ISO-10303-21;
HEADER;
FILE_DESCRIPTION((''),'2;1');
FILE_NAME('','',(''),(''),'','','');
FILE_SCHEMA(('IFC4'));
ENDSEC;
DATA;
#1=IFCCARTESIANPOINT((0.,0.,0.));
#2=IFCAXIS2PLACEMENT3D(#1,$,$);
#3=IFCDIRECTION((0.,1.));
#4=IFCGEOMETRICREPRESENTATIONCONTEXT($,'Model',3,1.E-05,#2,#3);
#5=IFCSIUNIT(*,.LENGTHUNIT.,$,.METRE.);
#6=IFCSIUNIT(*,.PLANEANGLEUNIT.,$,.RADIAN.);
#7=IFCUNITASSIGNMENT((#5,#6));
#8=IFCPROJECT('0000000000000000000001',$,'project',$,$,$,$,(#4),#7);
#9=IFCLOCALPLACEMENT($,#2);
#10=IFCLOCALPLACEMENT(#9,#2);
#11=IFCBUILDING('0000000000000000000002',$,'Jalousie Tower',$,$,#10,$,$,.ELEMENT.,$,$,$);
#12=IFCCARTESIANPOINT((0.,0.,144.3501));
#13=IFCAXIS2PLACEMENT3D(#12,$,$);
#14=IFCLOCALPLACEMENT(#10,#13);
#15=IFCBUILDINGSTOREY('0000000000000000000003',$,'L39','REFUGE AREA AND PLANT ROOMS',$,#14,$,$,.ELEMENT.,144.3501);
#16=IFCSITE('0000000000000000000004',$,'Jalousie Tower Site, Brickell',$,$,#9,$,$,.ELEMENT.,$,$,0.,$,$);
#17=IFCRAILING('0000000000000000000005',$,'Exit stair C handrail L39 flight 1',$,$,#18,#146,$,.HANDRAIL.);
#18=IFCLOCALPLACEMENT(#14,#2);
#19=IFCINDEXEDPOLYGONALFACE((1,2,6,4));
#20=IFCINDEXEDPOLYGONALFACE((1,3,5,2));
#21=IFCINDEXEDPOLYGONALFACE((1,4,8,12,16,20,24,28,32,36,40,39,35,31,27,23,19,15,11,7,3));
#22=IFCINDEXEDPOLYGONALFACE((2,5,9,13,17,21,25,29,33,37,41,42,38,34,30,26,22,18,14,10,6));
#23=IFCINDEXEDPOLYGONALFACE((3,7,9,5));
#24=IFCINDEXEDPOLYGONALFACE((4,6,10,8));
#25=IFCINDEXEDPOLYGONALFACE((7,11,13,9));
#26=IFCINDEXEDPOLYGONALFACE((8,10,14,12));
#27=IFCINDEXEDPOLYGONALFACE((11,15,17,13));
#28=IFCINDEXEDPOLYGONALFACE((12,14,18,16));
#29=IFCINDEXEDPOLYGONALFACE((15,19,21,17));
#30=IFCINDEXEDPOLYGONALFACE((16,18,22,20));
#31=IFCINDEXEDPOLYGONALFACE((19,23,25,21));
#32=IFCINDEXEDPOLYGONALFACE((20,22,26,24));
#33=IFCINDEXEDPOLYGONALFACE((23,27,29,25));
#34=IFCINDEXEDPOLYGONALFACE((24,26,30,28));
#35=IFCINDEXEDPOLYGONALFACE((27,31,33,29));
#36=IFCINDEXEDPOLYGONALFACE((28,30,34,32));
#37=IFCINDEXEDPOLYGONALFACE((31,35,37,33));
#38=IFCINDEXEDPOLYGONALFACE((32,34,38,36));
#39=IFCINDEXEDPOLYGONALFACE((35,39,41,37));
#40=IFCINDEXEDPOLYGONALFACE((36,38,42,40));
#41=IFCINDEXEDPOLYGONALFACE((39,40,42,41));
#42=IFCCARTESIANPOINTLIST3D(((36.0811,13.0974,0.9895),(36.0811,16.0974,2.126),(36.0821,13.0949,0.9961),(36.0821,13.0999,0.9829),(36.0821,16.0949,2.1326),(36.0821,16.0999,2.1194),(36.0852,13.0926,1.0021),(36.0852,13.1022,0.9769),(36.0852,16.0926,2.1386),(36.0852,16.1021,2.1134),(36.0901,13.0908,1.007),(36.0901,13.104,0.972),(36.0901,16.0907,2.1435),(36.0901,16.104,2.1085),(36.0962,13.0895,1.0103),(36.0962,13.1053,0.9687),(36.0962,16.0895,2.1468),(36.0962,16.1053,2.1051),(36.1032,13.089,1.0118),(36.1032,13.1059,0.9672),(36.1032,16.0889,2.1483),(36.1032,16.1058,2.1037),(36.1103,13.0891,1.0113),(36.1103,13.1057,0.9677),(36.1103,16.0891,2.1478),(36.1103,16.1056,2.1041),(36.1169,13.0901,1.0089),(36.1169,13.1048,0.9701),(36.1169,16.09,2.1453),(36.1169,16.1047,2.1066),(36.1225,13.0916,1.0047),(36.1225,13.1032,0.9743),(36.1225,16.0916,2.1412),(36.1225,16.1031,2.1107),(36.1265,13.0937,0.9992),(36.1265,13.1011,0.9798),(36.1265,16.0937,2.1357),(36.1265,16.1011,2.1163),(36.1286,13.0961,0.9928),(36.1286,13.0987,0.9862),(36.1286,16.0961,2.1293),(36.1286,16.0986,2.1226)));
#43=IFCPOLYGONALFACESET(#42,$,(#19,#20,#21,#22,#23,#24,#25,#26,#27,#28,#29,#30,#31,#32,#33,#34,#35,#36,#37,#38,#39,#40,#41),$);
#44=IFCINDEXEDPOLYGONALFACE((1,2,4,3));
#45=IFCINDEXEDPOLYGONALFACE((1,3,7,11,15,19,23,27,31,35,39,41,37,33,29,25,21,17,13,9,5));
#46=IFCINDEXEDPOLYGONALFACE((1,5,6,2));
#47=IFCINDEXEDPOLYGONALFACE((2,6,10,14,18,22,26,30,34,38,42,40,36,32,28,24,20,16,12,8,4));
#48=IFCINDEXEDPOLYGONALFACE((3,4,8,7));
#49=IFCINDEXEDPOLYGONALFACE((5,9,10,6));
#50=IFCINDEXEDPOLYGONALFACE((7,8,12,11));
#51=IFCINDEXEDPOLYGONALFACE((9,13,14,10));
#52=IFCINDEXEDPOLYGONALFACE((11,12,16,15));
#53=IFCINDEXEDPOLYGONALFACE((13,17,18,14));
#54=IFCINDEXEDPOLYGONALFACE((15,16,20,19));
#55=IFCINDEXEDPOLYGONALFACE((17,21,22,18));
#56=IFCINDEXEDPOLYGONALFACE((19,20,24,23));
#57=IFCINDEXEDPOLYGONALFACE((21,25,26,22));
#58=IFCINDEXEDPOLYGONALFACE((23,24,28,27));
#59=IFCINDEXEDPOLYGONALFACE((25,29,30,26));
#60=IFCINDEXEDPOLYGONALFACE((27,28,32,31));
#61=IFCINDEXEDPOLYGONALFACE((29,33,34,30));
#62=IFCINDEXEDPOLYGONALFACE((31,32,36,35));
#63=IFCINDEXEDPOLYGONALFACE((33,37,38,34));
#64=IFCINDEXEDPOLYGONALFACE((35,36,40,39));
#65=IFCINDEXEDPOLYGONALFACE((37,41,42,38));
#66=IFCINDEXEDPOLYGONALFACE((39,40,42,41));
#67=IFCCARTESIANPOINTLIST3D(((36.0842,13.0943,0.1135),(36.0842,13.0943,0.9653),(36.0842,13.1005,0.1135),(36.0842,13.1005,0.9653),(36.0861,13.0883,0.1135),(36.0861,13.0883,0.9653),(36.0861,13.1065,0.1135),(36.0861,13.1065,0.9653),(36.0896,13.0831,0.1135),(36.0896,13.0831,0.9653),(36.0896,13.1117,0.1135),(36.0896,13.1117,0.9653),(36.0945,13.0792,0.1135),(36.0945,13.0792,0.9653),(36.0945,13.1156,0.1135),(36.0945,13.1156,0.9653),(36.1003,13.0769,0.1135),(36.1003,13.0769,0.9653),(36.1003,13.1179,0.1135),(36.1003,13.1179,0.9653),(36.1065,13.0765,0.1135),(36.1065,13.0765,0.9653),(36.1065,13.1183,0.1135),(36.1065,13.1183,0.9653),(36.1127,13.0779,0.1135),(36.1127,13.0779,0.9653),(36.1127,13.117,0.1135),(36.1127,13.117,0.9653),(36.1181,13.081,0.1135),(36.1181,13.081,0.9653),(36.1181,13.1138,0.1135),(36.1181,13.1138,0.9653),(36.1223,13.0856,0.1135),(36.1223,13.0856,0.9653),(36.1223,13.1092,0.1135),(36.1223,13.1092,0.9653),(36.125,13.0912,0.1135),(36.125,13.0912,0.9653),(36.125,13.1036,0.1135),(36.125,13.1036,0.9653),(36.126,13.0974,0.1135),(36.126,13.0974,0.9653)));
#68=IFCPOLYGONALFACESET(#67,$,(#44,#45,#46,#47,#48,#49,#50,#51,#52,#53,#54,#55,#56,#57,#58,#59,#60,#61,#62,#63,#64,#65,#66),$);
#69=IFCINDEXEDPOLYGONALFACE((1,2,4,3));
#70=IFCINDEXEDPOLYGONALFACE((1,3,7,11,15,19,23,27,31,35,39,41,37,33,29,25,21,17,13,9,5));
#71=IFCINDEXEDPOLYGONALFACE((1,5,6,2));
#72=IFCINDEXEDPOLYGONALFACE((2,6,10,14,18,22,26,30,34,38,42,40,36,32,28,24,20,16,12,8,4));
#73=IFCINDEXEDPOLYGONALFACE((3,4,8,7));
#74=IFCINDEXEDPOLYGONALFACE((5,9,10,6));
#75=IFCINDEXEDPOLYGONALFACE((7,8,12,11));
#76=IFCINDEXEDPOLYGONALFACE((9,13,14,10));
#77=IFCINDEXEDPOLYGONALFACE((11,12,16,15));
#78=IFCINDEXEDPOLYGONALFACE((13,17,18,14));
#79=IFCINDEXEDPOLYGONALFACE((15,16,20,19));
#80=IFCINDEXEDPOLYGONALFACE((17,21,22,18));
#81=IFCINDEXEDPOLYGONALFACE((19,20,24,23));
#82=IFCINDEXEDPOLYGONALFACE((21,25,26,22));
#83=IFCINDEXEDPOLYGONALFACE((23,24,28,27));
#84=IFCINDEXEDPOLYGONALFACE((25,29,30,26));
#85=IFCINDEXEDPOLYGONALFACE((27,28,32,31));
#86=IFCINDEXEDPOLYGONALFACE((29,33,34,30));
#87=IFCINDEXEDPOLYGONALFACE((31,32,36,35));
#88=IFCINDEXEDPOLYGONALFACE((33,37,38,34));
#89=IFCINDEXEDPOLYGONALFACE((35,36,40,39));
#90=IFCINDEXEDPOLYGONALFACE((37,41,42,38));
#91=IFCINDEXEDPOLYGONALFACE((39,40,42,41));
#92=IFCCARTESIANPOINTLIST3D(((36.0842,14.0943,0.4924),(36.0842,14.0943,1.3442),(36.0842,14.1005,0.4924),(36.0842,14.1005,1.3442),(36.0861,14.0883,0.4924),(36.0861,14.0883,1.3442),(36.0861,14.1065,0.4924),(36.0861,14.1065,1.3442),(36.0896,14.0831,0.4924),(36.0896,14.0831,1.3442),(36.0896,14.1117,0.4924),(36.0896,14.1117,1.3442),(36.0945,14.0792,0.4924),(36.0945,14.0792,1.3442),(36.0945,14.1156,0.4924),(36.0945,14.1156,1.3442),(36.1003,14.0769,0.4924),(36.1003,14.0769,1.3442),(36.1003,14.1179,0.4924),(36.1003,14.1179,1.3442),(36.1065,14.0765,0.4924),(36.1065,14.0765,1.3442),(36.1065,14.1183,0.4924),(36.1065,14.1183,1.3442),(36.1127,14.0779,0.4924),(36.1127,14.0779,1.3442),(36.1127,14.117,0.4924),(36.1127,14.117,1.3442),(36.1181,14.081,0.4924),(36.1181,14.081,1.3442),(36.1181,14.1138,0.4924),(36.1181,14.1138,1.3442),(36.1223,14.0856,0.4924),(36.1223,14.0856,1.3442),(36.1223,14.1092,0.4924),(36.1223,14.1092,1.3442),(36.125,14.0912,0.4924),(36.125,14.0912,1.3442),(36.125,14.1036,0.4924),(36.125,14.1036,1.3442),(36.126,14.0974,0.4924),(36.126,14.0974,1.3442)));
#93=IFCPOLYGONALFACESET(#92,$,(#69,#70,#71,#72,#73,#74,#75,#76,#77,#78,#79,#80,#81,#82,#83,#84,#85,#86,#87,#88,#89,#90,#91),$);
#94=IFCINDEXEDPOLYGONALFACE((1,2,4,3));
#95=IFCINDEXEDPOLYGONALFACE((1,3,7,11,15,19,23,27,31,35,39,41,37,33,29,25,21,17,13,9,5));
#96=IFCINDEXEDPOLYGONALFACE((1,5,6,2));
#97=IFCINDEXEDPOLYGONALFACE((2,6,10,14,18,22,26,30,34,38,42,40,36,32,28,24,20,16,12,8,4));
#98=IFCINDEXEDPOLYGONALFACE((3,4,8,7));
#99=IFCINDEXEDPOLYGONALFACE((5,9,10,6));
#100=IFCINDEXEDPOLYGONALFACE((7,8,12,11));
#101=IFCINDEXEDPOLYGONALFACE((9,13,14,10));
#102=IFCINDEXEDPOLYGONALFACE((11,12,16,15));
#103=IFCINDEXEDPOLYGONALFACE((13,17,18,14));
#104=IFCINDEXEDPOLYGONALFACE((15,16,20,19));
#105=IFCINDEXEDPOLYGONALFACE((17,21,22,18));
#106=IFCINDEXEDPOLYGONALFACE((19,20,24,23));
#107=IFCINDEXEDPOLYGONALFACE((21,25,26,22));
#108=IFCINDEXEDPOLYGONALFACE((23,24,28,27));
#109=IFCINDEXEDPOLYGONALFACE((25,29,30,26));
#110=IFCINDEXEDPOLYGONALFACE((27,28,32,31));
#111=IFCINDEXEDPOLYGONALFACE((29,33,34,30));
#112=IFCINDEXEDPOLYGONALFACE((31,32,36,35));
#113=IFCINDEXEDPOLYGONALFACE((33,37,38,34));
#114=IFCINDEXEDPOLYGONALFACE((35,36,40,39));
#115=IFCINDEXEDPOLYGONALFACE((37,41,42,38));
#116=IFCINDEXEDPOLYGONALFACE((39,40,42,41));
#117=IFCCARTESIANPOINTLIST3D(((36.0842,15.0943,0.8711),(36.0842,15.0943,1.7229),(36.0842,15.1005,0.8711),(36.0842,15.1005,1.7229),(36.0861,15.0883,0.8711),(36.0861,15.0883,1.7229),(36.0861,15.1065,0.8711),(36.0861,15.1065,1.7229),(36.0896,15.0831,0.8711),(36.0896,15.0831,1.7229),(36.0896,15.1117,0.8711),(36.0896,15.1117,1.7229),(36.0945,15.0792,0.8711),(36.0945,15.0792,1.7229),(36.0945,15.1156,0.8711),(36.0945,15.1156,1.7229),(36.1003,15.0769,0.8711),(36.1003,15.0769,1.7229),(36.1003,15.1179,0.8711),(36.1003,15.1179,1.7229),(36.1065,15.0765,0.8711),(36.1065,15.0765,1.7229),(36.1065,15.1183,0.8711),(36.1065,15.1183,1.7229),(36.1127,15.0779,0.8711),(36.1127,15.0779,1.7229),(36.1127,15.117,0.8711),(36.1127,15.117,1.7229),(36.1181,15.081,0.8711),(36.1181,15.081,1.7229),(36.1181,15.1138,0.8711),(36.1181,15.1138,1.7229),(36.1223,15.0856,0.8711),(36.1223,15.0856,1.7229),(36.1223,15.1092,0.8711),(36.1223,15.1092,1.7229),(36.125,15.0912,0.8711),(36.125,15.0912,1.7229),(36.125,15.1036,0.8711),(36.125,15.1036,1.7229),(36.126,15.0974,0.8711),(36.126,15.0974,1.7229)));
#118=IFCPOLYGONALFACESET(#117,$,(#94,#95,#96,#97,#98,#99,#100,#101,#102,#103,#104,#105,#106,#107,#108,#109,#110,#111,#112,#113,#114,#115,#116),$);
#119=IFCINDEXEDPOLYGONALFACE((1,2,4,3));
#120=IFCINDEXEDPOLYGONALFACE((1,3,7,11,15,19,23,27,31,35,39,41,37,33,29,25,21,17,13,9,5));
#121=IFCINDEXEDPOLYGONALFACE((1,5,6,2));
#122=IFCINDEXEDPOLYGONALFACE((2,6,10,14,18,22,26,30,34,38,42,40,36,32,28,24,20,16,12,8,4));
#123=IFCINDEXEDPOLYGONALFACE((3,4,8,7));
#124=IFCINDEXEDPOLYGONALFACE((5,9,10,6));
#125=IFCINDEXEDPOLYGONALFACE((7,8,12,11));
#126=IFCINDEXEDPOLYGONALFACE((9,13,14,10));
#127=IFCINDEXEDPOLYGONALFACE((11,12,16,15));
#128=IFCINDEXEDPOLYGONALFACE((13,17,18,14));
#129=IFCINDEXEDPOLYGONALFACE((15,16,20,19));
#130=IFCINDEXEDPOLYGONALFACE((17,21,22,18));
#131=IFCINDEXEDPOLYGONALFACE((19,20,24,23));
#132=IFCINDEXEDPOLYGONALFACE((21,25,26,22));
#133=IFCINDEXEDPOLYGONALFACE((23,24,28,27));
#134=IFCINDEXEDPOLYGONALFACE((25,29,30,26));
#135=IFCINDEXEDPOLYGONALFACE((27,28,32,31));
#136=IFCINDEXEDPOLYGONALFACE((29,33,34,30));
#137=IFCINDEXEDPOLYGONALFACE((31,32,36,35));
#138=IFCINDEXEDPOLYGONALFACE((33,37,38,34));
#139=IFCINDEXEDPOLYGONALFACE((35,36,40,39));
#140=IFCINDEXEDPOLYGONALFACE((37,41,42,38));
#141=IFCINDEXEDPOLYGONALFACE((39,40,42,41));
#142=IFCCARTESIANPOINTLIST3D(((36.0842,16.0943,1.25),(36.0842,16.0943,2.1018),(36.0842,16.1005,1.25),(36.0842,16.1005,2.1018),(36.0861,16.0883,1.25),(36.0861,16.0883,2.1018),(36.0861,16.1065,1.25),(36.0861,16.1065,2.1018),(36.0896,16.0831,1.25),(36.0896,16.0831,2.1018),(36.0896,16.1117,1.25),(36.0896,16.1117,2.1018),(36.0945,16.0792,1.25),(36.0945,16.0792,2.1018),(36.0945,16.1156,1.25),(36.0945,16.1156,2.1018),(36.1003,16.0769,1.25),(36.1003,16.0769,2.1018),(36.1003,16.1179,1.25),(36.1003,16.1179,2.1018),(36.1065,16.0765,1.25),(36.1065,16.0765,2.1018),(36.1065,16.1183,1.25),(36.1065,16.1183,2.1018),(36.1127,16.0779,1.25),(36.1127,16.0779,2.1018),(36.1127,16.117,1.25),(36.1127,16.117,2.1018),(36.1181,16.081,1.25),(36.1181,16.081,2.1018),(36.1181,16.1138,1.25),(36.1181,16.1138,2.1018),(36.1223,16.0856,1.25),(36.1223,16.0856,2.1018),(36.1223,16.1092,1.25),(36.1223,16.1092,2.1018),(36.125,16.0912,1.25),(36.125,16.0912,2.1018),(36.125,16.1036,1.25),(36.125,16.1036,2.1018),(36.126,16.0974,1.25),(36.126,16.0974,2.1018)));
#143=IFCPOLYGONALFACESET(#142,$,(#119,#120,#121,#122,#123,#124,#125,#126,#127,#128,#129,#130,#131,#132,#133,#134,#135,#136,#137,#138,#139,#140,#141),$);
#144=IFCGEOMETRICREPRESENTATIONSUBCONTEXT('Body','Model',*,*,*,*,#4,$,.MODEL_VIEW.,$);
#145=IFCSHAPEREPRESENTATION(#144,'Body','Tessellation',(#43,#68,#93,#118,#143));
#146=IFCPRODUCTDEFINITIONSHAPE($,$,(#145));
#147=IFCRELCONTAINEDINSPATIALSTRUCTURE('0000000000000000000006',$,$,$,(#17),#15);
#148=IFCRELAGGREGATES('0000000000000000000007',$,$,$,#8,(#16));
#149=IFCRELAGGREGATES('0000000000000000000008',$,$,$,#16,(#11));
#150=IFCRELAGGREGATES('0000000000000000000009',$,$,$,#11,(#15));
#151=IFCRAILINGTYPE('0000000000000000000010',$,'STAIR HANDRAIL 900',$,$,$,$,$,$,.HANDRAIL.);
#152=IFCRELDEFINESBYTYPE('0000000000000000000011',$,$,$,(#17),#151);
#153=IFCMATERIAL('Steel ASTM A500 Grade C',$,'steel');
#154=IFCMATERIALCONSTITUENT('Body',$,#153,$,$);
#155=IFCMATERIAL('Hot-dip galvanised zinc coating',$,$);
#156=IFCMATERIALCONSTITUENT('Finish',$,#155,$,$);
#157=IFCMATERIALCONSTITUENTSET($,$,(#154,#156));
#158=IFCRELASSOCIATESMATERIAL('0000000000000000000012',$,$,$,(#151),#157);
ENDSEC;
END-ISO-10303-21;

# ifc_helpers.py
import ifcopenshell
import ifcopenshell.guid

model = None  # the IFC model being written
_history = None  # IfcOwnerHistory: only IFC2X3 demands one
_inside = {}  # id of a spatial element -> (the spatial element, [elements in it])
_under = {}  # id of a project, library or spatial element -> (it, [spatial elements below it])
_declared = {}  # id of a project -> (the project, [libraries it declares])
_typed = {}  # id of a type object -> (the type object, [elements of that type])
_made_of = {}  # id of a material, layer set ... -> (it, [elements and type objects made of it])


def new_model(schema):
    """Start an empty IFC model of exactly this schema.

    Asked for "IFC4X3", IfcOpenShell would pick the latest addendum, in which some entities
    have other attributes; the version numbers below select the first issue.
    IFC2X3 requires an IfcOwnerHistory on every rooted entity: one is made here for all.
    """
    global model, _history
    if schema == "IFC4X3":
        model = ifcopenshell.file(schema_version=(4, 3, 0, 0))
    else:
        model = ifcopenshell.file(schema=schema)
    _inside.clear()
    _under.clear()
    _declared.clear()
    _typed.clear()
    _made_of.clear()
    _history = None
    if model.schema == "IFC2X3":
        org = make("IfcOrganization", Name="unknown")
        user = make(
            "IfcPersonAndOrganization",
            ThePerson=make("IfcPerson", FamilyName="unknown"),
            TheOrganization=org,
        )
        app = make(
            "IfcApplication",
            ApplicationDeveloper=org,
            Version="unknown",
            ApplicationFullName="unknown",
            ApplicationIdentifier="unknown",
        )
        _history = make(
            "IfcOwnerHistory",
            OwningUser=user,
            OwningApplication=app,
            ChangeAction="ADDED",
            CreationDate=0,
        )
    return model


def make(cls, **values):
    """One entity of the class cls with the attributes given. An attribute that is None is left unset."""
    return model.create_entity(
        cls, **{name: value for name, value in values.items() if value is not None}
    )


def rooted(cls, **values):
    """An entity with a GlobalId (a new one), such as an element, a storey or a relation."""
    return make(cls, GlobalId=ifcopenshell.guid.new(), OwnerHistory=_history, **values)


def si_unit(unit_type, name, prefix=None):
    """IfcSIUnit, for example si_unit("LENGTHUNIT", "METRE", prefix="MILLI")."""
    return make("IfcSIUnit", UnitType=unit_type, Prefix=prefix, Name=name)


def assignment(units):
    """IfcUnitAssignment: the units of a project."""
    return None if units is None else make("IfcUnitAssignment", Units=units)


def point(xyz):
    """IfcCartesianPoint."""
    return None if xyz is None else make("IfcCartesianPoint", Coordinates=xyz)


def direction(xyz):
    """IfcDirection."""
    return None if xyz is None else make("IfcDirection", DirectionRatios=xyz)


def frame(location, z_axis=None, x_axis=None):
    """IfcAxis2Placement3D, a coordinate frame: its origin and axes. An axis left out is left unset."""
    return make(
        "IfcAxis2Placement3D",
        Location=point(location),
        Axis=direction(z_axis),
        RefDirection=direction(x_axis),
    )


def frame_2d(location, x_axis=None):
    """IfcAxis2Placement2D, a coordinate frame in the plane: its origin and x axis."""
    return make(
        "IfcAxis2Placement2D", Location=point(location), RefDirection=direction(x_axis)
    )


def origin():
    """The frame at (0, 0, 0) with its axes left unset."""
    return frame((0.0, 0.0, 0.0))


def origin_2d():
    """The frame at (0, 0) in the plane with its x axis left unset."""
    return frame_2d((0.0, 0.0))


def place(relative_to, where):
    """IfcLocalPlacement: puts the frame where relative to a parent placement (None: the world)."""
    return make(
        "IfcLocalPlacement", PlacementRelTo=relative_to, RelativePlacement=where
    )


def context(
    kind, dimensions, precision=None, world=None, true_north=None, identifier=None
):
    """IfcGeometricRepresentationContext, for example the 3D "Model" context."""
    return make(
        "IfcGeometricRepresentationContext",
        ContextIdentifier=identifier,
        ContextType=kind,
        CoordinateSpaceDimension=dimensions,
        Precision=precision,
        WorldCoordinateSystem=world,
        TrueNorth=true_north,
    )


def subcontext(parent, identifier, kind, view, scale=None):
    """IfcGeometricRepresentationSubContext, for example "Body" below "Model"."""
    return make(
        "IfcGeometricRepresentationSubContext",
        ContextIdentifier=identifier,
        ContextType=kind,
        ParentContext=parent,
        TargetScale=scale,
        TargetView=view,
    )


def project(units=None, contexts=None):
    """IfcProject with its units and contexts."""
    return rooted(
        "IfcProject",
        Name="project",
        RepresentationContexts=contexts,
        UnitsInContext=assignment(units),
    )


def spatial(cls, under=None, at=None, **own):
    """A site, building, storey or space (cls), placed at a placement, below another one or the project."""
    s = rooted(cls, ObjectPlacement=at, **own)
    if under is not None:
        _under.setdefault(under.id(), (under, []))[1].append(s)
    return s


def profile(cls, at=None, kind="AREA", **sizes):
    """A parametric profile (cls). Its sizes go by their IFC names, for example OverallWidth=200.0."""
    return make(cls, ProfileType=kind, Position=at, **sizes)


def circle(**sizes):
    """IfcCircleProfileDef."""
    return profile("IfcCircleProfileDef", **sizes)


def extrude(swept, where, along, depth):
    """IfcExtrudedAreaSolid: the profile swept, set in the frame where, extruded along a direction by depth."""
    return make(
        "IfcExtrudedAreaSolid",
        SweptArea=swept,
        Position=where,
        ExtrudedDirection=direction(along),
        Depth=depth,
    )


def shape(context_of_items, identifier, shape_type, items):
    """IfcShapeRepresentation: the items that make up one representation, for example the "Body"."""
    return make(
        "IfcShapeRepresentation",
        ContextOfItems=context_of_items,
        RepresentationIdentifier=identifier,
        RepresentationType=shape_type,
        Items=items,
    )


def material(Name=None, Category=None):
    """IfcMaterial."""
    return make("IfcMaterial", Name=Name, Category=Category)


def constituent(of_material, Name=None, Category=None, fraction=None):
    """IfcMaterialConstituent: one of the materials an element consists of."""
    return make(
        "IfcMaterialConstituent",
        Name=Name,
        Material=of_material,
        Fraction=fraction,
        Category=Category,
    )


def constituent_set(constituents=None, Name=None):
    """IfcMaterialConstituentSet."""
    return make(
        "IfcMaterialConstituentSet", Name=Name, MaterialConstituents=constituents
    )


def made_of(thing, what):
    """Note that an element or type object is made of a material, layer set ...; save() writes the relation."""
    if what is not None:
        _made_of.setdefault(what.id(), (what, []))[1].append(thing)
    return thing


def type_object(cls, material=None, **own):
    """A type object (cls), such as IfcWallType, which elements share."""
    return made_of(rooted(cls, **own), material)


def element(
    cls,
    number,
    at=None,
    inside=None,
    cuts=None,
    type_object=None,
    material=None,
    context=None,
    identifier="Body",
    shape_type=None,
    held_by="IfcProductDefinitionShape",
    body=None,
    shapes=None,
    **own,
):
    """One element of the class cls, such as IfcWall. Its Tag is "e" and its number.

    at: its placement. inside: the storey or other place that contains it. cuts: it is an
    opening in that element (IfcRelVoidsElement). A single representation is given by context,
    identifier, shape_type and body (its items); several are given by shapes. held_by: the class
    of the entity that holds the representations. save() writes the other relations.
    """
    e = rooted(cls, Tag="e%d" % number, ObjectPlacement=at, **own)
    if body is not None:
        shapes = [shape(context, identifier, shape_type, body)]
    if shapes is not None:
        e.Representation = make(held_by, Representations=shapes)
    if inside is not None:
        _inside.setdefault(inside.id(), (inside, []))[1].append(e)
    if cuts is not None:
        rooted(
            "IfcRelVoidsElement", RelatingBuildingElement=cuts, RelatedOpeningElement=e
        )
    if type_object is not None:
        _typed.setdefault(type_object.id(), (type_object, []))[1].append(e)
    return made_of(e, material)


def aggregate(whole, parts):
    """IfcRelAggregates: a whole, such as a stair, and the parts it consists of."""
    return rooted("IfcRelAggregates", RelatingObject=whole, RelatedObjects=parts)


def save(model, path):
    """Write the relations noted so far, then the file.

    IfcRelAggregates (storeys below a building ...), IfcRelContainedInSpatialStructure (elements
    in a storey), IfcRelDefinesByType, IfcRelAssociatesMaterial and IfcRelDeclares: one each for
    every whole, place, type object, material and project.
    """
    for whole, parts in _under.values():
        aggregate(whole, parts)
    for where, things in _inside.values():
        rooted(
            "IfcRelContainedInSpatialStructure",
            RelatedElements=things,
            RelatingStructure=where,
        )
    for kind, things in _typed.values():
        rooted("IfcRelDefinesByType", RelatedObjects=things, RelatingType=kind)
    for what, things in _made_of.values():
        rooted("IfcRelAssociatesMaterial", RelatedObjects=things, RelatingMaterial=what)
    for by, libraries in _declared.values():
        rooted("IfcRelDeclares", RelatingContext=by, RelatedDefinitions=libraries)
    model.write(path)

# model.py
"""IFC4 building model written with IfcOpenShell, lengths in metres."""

from ifc_helpers import new_model, si_unit, direction, frame, origin, origin_2d, place, context, subcontext, project, spatial, circle, extrude, material, constituent, constituent_set, type_object, element, save


model = new_model("IFC4")

# Units and contexts
model_context = context("Model", 3, precision=1e-05, world=origin(), true_north=direction((0.0, 1.0)))
body_context = subcontext(model_context, "Body", "Model", "MODEL_VIEW")
ifc_project = project(units=[si_unit("LENGTHUNIT", "METRE"), si_unit("PLANEANGLEUNIT", "RADIAN")], contexts=[model_context])

# Site, building, storey
site_placement = place(None, origin())
site = spatial("IfcSite", under=ifc_project, at=site_placement, Name="Jalousie Tower Site, Brickell", CompositionType="ELEMENT", RefElevation=0.0)
building_placement = place(site_placement, origin())
building = spatial("IfcBuilding", under=site, at=building_placement, Name="Jalousie Tower", CompositionType="ELEMENT")
storey_placement = place(building_placement, frame((0.0, 0.0, 144.3501)))
storey = spatial("IfcBuildingStorey", under=building, at=storey_placement, Name="L39", Description="REFUGE AREA AND PLANT ROOMS", CompositionType="ELEMENT", Elevation=144.3501)

# Railing
ifc_material_1 = material(Name="Steel ASTM A500 Grade C", Category="steel")
ifc_constituent_1 = constituent(ifc_material_1, Name="Body")
ifc_material_2 = material(Name="Hot-dip galvanised zinc coating")
ifc_constituent_2 = constituent(ifc_material_2, Name="Finish")
ifc_constituent_set_1 = constituent_set(constituents=[ifc_constituent_1, ifc_constituent_2])
railing_type_1 = type_object("IfcRailingType", Name="STAIR HANDRAIL 900", PredefinedType="HANDRAIL", material=ifc_constituent_set_1)
railing_1_placement = place(storey_placement, frame((36.105, 13.0974, 0.1135)))
element("IfcRailing", 1, at=railing_1_placement, inside=storey, type_object=railing_type_1, Name="Exit stair C handrail L39 flight 1", PredefinedType="HANDRAIL", context=body_context, shape_type="SweptSolid", body=[
    extrude(circle(Radius=0.0239, at=origin_2d()), frame((0.0, 0.0, 0.876), z_axis=(0.0, 0.935148, 0.354257), x_axis=(-1.0, 0.0, 0.0)), (0.0, 0.0, 1.0), 3.208),
    extrude(circle(Radius=0.021, at=origin_2d()), origin(), (0.0, 0.0, 1.0), 0.8518),
    extrude(circle(Radius=0.021, at=origin_2d()), frame((0.0, 1.0, 0.3789)), (0.0, 0.0, 1.0), 0.8518),
    extrude(circle(Radius=0.021, at=origin_2d()), frame((0.0, 2.0, 0.7576)), (0.0, 0.0, 1.0), 0.8518),
    extrude(circle(Radius=0.021, at=origin_2d()), frame((0.0, 3.0, 1.1365)), (0.0, 0.0, 1.0), 0.8518),
])

save(model, "model.ifc")
